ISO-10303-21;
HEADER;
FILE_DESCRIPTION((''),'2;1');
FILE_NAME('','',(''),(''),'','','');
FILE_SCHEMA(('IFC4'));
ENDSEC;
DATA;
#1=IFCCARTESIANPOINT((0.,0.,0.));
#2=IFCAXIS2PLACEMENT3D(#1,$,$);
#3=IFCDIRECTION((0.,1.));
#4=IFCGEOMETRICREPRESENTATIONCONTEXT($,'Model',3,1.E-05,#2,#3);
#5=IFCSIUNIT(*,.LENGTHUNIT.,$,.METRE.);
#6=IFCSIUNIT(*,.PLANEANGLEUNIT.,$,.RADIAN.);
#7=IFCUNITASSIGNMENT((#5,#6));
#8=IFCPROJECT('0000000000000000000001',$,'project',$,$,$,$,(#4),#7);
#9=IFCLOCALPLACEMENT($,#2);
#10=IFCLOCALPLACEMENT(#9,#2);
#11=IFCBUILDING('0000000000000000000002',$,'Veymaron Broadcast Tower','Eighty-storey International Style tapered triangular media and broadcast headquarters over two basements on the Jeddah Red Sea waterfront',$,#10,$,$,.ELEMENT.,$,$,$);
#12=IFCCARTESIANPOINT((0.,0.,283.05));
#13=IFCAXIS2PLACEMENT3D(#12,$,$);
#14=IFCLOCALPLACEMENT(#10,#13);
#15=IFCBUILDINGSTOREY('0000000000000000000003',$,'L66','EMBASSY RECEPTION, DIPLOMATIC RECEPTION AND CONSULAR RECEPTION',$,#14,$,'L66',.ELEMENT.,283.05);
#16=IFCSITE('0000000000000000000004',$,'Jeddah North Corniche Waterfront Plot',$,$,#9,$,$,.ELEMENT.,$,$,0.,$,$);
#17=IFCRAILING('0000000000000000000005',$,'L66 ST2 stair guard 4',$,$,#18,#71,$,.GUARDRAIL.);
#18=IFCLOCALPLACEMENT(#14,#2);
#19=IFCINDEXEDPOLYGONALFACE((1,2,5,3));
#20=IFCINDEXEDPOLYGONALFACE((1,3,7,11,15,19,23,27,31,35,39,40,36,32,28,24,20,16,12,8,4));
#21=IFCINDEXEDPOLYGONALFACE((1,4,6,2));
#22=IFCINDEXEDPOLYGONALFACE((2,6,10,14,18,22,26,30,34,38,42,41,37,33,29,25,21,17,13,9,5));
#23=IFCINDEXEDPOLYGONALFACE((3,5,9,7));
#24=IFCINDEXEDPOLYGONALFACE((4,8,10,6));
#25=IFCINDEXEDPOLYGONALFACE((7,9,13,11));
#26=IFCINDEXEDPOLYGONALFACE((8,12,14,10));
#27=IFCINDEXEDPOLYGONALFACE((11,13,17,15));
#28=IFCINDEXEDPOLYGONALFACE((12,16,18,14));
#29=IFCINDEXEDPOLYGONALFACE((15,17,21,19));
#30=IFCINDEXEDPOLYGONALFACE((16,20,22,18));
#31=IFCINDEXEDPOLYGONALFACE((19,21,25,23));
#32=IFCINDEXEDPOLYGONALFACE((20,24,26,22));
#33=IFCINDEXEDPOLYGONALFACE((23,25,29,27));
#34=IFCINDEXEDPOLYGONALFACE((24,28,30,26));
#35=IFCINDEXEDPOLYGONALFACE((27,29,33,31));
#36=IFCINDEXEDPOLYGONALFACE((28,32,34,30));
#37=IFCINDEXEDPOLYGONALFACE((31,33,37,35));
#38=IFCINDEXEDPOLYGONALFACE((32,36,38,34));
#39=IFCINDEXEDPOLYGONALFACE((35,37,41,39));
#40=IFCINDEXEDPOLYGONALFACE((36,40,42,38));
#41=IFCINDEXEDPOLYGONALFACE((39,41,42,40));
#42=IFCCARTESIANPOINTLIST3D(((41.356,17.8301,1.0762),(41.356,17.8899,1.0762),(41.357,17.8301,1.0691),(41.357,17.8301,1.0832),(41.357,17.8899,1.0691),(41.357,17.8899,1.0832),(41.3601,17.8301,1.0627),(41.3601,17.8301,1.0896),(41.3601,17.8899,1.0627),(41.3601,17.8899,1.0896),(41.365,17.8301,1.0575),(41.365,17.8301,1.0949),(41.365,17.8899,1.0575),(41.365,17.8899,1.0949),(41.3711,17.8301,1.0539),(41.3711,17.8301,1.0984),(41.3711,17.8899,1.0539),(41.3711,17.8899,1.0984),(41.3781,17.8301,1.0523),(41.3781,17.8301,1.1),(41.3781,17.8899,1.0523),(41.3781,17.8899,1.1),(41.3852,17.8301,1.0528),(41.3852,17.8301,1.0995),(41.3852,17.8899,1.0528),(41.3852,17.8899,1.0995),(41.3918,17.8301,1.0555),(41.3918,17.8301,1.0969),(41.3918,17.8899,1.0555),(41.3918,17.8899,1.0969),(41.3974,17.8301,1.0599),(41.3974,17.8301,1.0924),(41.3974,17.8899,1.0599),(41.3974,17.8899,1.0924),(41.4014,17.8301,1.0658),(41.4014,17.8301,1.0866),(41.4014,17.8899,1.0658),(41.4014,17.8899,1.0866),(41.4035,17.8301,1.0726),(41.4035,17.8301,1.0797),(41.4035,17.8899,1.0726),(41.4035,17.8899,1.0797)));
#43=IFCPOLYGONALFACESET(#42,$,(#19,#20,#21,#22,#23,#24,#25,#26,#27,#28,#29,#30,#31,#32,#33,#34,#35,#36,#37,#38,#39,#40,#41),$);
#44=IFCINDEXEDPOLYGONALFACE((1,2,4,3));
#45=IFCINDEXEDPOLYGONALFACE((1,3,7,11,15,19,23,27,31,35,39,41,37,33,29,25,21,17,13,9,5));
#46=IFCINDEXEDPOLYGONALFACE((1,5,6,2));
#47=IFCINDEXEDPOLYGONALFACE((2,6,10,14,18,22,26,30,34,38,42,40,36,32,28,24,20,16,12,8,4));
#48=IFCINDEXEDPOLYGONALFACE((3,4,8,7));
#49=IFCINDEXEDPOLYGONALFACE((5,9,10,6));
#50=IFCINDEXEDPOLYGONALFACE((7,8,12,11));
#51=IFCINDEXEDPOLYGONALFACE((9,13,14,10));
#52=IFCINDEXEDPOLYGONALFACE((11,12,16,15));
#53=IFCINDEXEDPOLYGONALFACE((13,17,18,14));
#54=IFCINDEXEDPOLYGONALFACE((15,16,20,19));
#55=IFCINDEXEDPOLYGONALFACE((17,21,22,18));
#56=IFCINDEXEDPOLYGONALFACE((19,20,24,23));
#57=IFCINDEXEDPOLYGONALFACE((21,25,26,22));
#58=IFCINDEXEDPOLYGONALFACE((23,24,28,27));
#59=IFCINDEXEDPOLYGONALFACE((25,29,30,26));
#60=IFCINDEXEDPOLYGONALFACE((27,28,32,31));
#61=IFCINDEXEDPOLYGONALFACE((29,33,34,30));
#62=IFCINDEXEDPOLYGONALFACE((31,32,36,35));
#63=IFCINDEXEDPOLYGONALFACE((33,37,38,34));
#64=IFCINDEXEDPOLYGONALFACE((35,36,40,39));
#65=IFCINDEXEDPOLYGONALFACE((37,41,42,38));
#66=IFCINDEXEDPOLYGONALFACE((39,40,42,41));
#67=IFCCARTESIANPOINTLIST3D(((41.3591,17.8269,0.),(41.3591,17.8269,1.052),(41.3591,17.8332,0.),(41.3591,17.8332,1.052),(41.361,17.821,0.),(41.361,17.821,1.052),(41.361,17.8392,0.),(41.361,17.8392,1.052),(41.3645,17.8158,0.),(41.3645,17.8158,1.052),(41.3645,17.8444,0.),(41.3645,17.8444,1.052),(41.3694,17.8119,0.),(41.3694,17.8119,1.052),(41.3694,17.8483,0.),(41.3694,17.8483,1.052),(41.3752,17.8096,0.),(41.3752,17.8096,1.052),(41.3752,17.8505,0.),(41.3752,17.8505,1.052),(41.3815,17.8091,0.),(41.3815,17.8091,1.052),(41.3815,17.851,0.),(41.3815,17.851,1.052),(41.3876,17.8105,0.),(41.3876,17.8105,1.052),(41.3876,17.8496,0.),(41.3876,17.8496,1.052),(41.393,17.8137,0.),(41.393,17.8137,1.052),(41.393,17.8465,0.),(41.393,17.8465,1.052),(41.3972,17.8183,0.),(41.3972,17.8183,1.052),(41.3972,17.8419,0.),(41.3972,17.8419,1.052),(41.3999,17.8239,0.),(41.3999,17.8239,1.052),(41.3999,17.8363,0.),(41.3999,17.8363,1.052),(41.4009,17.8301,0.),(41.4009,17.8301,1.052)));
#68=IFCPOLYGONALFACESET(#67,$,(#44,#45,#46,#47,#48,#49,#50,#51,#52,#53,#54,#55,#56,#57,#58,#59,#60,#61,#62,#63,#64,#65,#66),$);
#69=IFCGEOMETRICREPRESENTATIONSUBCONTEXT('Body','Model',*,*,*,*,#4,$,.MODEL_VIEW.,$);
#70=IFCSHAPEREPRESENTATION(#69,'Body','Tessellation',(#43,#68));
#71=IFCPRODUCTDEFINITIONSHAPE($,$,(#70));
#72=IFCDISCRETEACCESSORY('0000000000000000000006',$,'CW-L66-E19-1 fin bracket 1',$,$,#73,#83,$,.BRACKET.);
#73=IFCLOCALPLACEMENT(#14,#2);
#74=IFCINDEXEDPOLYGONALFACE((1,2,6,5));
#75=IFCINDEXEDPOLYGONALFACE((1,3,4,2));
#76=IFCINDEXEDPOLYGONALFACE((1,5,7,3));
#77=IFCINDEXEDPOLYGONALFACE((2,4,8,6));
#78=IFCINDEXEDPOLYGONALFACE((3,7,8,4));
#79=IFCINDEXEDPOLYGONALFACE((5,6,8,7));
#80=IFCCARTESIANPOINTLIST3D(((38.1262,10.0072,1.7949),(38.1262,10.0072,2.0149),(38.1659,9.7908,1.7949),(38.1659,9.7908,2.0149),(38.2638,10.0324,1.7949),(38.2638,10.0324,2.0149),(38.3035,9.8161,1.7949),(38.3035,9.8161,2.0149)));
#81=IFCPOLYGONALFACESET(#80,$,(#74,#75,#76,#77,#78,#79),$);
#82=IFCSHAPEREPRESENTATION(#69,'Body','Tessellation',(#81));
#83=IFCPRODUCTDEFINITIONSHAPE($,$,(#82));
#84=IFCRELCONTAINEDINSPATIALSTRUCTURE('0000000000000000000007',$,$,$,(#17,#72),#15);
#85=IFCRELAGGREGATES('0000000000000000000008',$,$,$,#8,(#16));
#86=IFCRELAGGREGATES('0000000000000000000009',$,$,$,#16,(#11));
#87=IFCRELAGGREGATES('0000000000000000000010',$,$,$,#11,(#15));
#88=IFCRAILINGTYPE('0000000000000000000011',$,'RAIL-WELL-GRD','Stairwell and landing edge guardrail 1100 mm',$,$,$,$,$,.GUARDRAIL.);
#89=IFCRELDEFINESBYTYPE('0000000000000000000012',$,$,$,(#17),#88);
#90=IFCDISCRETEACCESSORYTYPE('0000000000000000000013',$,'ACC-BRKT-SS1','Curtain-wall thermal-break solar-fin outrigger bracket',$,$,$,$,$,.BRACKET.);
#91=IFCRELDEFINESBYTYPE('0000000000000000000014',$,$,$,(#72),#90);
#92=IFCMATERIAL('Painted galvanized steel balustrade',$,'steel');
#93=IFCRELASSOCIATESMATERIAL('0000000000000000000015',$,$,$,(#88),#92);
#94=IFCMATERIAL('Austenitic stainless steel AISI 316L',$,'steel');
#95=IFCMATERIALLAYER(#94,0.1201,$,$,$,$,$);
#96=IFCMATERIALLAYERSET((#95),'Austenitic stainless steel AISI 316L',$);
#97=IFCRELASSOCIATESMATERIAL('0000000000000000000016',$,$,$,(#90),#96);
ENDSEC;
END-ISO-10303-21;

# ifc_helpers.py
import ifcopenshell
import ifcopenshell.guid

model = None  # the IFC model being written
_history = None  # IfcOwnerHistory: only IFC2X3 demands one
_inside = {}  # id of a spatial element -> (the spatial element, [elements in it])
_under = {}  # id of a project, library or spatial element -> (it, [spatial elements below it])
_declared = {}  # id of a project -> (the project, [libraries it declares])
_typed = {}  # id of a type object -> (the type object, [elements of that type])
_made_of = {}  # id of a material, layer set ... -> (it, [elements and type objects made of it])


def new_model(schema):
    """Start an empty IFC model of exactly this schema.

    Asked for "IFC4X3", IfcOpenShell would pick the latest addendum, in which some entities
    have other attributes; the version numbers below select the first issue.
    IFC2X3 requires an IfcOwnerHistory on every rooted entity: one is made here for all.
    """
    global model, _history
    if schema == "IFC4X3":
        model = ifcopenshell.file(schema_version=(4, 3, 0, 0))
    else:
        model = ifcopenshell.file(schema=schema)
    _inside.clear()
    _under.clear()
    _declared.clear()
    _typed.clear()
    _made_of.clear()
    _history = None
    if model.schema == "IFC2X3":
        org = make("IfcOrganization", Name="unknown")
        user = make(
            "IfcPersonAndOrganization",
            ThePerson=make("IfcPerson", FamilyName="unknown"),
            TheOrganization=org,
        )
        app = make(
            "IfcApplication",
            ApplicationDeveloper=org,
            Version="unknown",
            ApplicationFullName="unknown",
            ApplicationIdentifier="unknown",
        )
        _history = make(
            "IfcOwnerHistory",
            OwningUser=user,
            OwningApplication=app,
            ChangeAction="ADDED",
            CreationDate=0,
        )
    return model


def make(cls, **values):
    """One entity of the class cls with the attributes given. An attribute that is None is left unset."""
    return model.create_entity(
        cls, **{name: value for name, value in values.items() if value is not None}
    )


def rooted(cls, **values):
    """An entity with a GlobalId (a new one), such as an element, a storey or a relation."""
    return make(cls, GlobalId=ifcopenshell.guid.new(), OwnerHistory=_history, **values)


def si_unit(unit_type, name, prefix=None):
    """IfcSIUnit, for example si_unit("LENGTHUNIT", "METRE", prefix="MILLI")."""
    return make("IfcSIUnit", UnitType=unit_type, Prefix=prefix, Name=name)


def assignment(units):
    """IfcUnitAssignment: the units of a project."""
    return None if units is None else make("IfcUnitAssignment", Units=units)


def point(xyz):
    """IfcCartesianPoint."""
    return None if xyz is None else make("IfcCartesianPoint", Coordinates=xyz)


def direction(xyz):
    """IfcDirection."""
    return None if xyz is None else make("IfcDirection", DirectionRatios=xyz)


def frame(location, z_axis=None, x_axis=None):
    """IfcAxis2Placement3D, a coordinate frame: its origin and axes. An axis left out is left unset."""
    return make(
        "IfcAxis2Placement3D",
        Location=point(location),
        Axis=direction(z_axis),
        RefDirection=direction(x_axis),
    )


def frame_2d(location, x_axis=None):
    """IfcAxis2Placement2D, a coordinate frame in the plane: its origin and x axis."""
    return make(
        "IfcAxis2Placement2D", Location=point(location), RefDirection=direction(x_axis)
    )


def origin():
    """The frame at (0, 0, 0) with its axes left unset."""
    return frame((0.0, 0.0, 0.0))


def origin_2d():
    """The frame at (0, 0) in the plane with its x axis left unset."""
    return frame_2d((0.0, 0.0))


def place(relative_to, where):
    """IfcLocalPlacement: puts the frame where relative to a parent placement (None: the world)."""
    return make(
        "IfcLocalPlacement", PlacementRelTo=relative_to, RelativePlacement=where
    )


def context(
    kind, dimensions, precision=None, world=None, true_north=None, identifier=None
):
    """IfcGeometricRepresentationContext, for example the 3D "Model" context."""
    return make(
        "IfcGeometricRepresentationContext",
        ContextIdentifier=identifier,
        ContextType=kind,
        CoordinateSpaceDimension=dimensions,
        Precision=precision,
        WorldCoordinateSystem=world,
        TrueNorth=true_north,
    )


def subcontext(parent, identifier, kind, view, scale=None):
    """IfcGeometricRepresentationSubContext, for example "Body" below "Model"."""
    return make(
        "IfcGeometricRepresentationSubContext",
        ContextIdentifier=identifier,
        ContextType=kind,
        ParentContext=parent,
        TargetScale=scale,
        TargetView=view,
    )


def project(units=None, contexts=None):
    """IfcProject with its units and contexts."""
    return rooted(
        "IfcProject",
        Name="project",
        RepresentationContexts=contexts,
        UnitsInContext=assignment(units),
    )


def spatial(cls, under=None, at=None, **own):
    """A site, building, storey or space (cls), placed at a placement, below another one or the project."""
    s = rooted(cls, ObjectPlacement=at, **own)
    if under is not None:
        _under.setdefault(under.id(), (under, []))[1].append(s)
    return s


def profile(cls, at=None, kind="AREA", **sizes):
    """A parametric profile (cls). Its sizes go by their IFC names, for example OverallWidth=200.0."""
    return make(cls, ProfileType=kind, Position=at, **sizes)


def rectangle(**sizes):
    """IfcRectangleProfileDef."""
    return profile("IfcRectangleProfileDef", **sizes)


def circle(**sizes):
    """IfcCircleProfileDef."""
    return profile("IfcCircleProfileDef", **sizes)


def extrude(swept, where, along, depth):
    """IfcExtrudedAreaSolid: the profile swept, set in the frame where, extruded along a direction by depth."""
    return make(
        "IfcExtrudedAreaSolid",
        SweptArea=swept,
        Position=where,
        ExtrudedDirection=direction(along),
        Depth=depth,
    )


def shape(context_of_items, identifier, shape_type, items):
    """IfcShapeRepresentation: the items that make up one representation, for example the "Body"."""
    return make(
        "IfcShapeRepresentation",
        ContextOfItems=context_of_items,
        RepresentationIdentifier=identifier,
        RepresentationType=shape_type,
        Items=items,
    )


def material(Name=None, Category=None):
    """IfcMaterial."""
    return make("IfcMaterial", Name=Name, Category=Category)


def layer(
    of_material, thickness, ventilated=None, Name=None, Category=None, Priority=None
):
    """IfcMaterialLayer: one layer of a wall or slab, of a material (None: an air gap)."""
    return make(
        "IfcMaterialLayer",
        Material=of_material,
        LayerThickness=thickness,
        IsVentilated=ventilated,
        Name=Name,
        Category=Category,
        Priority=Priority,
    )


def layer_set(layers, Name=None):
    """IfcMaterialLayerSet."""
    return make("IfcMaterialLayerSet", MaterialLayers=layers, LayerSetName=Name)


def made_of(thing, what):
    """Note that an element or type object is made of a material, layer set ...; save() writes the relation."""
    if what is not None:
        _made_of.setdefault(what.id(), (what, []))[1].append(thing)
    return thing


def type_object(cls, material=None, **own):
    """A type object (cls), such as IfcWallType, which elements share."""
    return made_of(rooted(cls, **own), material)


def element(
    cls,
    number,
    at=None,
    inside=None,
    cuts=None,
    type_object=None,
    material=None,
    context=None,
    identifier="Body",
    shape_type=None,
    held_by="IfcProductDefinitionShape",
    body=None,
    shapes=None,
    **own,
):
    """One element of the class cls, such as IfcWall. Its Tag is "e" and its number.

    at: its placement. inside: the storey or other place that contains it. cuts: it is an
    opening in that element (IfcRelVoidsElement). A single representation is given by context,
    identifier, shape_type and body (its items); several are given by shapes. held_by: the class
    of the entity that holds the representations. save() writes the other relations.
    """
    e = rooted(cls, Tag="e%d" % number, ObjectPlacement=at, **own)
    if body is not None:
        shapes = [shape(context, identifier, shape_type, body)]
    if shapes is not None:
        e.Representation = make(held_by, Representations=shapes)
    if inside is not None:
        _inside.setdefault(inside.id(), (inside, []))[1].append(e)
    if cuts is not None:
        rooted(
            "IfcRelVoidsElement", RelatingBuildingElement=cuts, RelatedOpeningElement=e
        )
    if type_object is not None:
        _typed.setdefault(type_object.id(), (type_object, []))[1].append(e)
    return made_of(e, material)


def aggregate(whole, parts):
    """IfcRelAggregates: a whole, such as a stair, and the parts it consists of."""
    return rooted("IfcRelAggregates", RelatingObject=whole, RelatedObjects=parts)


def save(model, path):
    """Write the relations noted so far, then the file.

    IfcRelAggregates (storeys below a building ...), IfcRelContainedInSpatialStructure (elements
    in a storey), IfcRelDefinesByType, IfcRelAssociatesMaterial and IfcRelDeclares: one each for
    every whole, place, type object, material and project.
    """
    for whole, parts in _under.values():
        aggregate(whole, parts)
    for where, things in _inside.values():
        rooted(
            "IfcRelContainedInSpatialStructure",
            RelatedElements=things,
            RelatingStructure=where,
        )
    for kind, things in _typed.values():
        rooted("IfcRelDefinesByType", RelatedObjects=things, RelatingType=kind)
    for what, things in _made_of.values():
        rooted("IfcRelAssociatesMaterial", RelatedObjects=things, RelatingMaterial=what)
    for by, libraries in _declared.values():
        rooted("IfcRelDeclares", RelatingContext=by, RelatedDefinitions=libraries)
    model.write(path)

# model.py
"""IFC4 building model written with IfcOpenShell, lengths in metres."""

from ifc_helpers import new_model, si_unit, direction, frame, origin, origin_2d, place, context, subcontext, project, spatial, rectangle, circle, extrude, material, layer, layer_set, type_object, element, save


model = new_model("IFC4")

# Units and contexts
model_context = context("Model", 3, precision=1e-05, world=origin(), true_north=direction((0.0, 1.0)))
body_context = subcontext(model_context, "Body", "Model", "MODEL_VIEW")
ifc_project = project(units=[si_unit("LENGTHUNIT", "METRE"), si_unit("PLANEANGLEUNIT", "RADIAN")], contexts=[model_context])

# Site, building, storey
site_placement = place(None, origin())
site = spatial("IfcSite", under=ifc_project, at=site_placement, Name="Jeddah North Corniche Waterfront Plot", CompositionType="ELEMENT", RefElevation=0.0)
building_placement = place(site_placement, origin())
building = spatial("IfcBuilding", under=site, at=building_placement, Name="Veymaron Broadcast Tower", Description="Eighty-storey International Style tapered triangular media and broadcast headquarters over two basements on the Jeddah Red Sea waterfront", CompositionType="ELEMENT")
storey_placement = place(building_placement, frame((0.0, 0.0, 283.05)))
storey = spatial("IfcBuildingStorey", under=building, at=storey_placement, Name="L66", Description="EMBASSY RECEPTION, DIPLOMATIC RECEPTION AND CONSULAR RECEPTION", LongName="L66", CompositionType="ELEMENT", Elevation=283.05)

# Railing
ifc_material_1 = material(Name="Painted galvanized steel balustrade", Category="steel")
railing_type_1 = type_object("IfcRailingType", Name="RAIL-WELL-GRD", Description="Stairwell and landing edge guardrail 1100 mm", PredefinedType="GUARDRAIL", material=ifc_material_1)
railing_1_placement = place(storey_placement, frame((41.3799, 17.8301, 0.0)))
element("IfcRailing", 1, at=railing_1_placement, inside=storey, type_object=railing_type_1, Name="L66 ST2 stair guard 4", PredefinedType="GUARDRAIL", context=body_context, shape_type="SweptSolid", body=[
    extrude(circle(Radius=0.0239, at=origin_2d()), frame((0.0, 0.0, 1.0762), z_axis=(0.0, 1.0, 0.0), x_axis=(-1.0, 0.0, 0.0)), (0.0, 0.0, 1.0), 0.0598),
    extrude(circle(Radius=0.021, at=origin_2d()), origin(), (0.0, 0.0, 1.0), 1.052),
])

# Discrete accessory
ifc_material_2 = material(Name="Austenitic stainless steel AISI 316L", Category="steel")
ifc_layer_1 = layer(ifc_material_2, 0.1201)
ifc_layer_set_1 = layer_set([ifc_layer_1], Name="Austenitic stainless steel AISI 316L")
discrete_accessory_type = type_object("IfcDiscreteAccessoryType", Name="ACC-BRKT-SS1", Description="Curtain-wall thermal-break solar-fin outrigger bracket", PredefinedType="BRACKET", material=ifc_layer_set_1)
discrete_accessory_placement = place(storey_placement, frame((38.2148, 9.9116, 1.7949), z_axis=(0.0, 0.0, 1.0), x_axis=(0.180571, -0.983562, 0.0)))
element("IfcDiscreteAccessory", 2, at=discrete_accessory_placement, inside=storey, type_object=discrete_accessory_type, Name="CW-L66-E19-1 fin bracket 1", PredefinedType="BRACKET", context=body_context, shape_type="SweptSolid", body=[
    extrude(rectangle(XDim=0.22, YDim=0.1399, at=origin_2d()), origin(), (0.0, 0.0, 1.0), 0.22),
])

save(model, "model.ifc")
